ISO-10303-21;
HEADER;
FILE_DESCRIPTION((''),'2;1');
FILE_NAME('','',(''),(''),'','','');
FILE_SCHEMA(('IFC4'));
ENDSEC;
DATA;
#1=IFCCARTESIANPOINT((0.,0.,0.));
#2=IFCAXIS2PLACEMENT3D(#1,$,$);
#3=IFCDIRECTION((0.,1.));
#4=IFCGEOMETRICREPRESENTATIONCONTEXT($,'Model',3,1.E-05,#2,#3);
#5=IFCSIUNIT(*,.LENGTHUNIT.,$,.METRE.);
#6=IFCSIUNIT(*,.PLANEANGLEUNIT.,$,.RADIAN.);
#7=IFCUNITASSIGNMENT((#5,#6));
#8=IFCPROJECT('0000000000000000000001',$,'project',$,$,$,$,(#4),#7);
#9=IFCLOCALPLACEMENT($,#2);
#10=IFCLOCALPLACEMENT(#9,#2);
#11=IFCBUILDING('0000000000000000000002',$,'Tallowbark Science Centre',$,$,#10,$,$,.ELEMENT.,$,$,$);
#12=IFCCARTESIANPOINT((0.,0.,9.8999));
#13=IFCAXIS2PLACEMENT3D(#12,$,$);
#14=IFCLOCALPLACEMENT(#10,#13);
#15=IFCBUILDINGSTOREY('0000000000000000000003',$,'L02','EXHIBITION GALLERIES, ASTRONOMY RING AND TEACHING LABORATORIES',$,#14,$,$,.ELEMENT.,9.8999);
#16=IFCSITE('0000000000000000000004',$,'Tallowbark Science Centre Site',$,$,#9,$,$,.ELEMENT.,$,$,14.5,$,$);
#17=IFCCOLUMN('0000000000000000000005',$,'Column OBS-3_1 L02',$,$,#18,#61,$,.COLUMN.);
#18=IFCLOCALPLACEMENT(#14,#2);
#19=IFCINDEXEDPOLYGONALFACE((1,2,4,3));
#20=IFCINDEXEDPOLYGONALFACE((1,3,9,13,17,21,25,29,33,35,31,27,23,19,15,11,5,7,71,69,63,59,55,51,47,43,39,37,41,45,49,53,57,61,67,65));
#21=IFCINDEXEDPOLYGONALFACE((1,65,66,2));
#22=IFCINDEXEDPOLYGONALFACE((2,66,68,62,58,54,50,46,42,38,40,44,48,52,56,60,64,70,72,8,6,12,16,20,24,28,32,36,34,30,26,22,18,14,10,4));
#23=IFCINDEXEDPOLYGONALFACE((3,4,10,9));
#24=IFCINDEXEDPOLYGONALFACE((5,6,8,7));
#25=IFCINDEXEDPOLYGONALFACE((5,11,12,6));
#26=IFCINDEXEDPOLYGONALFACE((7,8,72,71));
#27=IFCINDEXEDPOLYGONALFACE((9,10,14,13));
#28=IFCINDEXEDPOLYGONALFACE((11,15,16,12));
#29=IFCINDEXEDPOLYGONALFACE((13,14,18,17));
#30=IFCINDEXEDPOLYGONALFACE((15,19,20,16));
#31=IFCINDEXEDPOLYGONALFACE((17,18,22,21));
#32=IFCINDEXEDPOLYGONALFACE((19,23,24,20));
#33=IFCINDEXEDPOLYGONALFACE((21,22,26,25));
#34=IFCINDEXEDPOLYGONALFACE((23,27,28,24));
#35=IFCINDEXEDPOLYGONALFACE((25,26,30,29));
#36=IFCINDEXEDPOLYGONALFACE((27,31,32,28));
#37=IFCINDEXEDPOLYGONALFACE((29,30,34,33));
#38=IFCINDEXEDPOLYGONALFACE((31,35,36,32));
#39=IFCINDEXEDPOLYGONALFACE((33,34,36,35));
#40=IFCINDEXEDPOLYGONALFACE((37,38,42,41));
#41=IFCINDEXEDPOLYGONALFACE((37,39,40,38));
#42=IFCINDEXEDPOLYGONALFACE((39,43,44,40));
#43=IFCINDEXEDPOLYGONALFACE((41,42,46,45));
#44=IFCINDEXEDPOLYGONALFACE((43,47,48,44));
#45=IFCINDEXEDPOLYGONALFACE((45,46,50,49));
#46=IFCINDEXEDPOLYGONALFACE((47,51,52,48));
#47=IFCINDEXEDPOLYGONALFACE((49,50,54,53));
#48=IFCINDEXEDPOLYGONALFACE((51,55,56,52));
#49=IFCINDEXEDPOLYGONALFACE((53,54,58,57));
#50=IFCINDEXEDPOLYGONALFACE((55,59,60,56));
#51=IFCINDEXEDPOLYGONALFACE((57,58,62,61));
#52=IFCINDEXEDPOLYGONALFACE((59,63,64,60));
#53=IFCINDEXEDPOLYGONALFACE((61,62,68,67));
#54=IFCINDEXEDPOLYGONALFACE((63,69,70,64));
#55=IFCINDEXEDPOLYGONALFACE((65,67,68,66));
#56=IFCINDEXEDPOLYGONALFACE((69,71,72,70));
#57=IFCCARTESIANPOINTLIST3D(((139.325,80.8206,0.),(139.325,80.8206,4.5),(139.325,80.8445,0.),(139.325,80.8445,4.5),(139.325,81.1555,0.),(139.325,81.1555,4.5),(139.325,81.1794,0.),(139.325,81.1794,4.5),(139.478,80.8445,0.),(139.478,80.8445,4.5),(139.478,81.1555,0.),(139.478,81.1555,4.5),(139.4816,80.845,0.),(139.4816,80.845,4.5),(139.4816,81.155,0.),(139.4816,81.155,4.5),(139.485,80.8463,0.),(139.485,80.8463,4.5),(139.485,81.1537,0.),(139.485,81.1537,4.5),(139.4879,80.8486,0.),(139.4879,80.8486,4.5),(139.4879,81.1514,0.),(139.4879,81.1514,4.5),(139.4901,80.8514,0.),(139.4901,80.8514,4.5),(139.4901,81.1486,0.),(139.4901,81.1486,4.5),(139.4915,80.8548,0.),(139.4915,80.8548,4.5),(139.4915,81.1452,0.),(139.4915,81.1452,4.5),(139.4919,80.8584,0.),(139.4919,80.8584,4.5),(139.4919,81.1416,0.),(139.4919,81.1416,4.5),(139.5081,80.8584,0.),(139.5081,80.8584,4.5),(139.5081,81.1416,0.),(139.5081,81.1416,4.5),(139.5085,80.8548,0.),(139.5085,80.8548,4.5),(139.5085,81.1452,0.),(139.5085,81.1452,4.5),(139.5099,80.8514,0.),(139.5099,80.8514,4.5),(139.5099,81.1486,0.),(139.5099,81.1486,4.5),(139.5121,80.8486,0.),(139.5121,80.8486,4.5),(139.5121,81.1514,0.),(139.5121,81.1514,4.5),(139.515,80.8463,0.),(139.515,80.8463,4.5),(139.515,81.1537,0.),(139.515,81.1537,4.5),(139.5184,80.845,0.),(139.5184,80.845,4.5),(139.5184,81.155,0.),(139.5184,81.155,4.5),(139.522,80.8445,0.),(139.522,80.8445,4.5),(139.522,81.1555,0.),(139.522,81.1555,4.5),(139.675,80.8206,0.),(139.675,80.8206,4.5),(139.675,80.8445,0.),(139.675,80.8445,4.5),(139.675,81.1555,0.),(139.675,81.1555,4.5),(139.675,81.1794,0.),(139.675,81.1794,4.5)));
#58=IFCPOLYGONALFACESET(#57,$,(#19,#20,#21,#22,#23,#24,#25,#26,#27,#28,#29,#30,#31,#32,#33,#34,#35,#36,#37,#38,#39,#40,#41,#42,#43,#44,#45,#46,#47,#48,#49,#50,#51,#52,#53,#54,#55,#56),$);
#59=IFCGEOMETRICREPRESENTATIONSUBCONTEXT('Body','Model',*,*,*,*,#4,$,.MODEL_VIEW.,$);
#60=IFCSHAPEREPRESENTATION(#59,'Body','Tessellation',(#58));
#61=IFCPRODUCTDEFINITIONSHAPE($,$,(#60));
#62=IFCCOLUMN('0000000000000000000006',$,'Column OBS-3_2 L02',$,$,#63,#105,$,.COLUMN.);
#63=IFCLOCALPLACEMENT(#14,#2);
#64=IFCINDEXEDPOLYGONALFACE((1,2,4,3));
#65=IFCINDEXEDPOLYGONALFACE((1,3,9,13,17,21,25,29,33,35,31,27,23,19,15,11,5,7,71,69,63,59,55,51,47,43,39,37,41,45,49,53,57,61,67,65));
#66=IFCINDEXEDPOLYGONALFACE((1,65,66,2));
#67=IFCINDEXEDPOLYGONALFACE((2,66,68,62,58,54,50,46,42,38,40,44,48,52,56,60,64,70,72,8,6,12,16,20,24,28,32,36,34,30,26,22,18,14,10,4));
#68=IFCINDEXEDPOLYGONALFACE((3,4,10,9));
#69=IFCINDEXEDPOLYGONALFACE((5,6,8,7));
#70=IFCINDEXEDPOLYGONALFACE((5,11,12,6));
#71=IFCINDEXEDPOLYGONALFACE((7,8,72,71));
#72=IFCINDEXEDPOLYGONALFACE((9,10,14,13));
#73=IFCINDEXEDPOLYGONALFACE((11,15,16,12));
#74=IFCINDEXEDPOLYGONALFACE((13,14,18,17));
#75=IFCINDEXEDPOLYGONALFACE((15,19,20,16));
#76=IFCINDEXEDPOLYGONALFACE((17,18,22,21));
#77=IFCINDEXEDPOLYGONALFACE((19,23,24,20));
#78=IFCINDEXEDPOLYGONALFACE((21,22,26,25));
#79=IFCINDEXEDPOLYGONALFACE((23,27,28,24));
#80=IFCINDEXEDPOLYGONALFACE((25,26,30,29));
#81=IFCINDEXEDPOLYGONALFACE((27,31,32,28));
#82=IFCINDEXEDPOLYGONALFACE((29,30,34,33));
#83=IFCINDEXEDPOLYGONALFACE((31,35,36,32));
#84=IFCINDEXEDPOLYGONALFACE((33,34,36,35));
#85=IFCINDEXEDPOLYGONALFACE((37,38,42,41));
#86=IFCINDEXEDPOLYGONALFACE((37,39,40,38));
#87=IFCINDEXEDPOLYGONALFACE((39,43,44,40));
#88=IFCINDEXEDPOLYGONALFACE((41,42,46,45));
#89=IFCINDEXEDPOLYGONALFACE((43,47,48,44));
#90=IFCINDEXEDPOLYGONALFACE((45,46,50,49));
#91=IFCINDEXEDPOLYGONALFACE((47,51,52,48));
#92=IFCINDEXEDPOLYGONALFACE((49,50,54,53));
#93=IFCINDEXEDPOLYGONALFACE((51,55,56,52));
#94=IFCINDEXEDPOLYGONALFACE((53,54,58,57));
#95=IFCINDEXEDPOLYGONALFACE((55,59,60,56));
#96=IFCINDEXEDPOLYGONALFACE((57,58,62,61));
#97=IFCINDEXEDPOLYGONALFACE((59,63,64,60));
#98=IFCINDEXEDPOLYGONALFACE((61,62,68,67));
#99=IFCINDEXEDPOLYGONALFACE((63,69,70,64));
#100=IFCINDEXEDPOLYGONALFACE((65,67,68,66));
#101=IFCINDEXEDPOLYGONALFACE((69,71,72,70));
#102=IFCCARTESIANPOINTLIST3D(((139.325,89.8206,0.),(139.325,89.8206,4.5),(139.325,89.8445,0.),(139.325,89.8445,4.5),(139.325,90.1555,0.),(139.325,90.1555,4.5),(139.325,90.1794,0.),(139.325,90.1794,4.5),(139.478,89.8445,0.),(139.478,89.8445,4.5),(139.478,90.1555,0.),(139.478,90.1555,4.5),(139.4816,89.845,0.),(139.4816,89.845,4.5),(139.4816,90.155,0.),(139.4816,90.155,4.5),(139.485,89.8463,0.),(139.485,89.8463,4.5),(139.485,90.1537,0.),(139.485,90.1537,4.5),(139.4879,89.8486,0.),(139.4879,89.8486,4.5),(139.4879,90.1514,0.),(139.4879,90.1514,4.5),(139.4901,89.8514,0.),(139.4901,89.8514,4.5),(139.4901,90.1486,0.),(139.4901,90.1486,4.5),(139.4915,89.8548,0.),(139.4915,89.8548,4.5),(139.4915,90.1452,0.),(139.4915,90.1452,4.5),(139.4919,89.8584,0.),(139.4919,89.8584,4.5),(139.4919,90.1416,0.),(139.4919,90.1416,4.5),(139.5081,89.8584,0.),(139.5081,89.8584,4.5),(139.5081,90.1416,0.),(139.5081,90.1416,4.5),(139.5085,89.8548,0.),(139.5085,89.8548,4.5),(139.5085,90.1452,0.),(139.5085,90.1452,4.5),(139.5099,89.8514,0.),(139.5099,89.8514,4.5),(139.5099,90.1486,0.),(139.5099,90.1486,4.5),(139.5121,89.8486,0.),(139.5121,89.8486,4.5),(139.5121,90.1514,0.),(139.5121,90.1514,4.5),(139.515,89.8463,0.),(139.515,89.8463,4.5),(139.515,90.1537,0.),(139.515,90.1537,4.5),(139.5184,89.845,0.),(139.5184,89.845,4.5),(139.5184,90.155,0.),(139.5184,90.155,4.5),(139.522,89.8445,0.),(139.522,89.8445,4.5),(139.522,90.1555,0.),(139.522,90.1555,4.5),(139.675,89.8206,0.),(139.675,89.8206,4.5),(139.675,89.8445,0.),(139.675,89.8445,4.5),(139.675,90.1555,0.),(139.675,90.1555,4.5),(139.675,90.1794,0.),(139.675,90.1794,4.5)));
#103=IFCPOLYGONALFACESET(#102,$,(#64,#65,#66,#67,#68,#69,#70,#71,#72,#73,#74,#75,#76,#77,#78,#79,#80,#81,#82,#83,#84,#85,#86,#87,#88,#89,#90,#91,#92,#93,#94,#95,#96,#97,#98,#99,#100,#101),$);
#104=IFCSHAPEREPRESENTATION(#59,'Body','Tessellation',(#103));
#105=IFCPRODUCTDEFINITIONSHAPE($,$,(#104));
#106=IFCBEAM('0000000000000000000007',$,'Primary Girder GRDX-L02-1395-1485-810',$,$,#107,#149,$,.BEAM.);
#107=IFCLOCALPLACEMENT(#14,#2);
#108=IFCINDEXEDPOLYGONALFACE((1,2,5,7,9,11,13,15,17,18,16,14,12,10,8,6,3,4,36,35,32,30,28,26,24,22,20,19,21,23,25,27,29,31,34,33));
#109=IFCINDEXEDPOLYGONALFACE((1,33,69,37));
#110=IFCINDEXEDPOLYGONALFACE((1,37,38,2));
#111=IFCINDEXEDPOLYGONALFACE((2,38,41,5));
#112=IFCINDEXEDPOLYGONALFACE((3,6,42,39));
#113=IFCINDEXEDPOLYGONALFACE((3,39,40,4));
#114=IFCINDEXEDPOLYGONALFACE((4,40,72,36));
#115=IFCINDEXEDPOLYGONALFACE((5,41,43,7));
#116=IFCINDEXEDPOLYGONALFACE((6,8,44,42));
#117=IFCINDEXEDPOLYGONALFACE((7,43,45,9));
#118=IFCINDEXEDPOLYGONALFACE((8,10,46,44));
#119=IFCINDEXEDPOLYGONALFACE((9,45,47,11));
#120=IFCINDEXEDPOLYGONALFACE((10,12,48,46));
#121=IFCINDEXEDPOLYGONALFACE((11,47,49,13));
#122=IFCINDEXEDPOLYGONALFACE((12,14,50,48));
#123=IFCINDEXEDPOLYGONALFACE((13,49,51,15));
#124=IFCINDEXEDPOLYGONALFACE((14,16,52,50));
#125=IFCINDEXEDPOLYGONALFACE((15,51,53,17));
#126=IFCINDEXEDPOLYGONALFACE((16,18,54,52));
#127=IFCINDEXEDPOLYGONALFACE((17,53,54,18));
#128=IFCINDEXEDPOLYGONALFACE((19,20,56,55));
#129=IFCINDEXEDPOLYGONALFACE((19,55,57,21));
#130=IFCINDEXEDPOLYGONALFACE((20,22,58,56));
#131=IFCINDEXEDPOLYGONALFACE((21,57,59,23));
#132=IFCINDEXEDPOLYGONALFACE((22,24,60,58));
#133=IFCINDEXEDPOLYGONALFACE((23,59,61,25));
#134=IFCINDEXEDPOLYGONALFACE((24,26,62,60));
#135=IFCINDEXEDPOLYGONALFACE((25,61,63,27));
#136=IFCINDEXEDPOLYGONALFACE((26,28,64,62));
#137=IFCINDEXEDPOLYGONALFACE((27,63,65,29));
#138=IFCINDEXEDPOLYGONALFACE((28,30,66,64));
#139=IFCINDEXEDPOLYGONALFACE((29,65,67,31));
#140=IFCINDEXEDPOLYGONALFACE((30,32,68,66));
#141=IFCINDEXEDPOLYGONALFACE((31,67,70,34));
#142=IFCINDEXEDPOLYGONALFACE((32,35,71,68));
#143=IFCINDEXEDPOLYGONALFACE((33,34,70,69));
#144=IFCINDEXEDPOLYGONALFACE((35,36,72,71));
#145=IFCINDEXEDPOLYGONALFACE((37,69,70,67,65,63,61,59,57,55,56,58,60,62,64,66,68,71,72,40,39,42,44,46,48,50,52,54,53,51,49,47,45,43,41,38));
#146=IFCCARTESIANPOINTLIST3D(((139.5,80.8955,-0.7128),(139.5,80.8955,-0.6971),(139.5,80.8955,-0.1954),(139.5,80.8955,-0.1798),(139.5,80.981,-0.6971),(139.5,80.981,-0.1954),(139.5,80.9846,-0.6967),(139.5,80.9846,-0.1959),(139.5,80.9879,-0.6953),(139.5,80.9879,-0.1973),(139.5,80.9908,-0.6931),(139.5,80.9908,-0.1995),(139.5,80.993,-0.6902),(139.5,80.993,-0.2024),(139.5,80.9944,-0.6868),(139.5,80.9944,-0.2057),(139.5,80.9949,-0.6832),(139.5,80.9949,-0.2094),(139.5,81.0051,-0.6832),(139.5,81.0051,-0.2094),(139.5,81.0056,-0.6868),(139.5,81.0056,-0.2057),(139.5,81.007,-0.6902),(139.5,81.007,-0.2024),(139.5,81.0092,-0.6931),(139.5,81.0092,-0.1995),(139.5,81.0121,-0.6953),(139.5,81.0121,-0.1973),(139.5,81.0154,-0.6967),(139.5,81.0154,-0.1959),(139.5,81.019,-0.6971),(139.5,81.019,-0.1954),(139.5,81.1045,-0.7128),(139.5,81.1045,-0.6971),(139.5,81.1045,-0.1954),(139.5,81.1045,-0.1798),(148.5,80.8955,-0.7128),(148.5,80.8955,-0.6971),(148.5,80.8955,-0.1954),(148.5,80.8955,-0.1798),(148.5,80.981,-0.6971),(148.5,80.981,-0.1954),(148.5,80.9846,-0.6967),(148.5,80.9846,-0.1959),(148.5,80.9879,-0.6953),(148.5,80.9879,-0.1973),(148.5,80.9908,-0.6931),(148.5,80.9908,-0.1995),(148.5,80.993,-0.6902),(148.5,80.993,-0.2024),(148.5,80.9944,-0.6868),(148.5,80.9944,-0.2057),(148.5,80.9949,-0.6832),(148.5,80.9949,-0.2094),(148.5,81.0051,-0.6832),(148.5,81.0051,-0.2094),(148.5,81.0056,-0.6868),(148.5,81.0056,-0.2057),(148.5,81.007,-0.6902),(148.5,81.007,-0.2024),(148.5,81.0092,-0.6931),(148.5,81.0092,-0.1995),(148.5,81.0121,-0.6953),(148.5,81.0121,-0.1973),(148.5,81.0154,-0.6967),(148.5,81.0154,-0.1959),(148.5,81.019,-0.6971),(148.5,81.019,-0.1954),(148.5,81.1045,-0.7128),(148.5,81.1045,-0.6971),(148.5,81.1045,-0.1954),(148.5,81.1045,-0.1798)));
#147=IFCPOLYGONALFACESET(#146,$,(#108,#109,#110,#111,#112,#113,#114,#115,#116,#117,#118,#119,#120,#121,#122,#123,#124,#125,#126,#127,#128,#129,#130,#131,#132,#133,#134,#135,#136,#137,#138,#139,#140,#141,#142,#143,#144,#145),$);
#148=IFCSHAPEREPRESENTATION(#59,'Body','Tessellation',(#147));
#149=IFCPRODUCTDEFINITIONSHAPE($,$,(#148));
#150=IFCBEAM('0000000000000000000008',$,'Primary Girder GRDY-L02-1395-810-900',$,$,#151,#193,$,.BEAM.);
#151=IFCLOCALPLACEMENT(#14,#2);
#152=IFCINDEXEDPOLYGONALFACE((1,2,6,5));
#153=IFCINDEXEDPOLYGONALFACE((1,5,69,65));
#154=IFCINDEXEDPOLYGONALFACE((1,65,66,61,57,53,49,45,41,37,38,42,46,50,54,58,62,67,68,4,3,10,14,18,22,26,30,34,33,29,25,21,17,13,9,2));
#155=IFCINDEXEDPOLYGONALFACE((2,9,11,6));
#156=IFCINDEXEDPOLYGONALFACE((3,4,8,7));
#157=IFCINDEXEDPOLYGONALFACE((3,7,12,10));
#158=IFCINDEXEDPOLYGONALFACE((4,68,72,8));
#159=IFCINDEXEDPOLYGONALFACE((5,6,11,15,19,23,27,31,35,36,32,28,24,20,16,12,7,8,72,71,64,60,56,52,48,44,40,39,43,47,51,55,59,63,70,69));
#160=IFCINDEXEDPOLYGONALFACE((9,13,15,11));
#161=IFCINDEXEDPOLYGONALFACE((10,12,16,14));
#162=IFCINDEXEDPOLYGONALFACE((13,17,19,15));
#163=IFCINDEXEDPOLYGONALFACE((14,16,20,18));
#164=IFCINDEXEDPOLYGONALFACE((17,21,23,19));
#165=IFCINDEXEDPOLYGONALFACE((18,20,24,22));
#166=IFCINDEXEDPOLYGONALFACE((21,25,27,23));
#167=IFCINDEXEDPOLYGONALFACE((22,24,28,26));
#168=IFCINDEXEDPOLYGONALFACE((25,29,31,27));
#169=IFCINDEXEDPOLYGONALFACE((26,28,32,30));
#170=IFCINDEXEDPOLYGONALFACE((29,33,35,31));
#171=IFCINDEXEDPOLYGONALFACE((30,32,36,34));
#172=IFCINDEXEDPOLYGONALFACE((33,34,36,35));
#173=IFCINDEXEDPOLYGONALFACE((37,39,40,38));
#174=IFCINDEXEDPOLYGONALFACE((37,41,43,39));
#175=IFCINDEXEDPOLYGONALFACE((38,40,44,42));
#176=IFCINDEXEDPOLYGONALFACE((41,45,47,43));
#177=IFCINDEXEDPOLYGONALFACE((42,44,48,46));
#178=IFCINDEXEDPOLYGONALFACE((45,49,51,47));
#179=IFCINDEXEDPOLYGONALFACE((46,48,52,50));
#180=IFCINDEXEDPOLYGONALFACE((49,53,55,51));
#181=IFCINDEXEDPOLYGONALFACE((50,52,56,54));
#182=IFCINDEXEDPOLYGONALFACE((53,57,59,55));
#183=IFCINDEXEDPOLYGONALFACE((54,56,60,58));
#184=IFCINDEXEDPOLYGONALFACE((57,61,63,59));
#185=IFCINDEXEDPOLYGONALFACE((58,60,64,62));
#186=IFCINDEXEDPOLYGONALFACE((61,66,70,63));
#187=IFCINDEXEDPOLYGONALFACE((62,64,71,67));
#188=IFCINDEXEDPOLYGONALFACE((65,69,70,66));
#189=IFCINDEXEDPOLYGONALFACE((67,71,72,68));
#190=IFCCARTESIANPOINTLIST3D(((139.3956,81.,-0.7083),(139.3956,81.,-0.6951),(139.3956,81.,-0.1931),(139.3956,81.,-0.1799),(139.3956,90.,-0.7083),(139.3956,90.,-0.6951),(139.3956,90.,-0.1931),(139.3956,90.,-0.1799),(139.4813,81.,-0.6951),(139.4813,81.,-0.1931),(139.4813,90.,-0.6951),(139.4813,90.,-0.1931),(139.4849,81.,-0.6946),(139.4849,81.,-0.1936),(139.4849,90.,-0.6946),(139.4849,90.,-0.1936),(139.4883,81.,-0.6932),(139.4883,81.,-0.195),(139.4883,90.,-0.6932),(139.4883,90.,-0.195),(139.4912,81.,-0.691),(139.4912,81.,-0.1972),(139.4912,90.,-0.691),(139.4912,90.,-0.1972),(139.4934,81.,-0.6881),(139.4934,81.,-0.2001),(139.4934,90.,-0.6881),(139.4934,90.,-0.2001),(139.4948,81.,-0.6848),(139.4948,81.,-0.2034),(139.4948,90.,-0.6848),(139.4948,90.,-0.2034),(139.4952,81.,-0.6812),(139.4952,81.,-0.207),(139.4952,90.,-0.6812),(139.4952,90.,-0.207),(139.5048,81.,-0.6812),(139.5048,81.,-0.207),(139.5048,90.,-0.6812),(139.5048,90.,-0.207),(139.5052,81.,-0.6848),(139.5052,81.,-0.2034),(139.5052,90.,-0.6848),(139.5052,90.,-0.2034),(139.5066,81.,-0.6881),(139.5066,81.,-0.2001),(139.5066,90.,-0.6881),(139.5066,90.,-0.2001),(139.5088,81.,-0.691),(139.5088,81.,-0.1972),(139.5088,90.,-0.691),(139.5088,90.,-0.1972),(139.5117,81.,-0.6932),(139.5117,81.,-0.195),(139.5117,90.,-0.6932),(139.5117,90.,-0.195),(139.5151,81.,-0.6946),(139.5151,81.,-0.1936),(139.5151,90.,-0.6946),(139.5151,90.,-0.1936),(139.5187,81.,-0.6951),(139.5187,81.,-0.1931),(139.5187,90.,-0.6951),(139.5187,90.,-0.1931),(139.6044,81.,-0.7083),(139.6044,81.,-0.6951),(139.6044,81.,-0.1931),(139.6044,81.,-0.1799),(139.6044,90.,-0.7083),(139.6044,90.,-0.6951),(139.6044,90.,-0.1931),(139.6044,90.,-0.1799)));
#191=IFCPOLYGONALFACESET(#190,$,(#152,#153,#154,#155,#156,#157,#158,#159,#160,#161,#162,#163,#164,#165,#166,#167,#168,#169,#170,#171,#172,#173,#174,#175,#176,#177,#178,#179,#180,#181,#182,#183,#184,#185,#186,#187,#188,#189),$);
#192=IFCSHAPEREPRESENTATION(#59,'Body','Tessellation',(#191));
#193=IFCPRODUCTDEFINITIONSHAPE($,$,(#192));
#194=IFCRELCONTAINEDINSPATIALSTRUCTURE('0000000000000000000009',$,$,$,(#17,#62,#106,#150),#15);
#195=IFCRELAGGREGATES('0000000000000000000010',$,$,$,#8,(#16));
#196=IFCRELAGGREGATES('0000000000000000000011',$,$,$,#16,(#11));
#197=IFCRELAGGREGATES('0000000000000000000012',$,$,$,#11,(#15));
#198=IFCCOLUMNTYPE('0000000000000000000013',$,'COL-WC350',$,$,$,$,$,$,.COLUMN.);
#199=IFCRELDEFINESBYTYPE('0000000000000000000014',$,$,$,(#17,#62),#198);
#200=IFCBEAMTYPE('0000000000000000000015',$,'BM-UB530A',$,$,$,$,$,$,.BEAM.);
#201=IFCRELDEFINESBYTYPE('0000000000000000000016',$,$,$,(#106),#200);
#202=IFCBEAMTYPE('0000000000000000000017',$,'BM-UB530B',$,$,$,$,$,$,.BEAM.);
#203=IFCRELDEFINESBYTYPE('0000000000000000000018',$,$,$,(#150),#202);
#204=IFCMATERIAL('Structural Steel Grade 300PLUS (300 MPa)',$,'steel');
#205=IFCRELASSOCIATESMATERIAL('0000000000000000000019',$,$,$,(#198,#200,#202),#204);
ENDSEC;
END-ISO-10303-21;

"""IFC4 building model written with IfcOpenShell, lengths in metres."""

from ifc_helpers import new_model, si_unit, direction, frame, origin, origin_2d, place, context, subcontext, project, spatial, i_section, extrude, material, material_profile, profile_set, type_object, element, save


model = new_model("IFC4")

# Units and contexts
model_context = context("Model", 3, precision=1e-05, world=origin(), true_north=direction((0.0, 1.0)))
body_context = subcontext(model_context, "Body", "Model", "MODEL_VIEW")
ifc_project = project(units=[si_unit("LENGTHUNIT", "METRE"), si_unit("PLANEANGLEUNIT", "RADIAN")], contexts=[model_context])

# Site, building, storey
site_placement = place(None, origin())
site = spatial("IfcSite", under=ifc_project, at=site_placement, Name="Tallowbark Science Centre Site", CompositionType="ELEMENT", RefElevation=14.5)
building_placement = place(site_placement, origin())
building = spatial("IfcBuilding", under=site, at=building_placement, Name="Tallowbark Science Centre", CompositionType="ELEMENT")
storey_placement = place(building_placement, frame((0.0, 0.0, 9.8999)))
storey = spatial("IfcBuildingStorey", under=building, at=storey_placement, Name="L02", Description="EXHIBITION GALLERIES, ASTRONOMY RING AND TEACHING LABORATORIES", CompositionType="ELEMENT", Elevation=9.8999)

# Columns
ifc_material_1 = material(Name="Structural Steel Grade 300PLUS (300 MPa)", Category="steel")
ifc_material_profile_1 = material_profile(ifc_material_1, i_section(OverallWidth=0.3501, OverallDepth=0.3589, WebThickness=0.0161, FlangeThickness=0.0239, FilletRadius=0.0139, at=origin_2d()), Name="350WC197")
ifc_profile_set_1 = profile_set([ifc_material_profile_1], Name="Structural Steel Grade 300PLUS (300 MPa)")
column_type = type_object("IfcColumnType", Name="COL-WC350", PredefinedType="COLUMN", material=ifc_profile_set_1)
for number, where, z_axis, x_axis, name in (
    (1, (139.5, 81.0, 0.0), (0.0, 0.0, 1.0), (1.0, 0.0, 0.0), "Column OBS-3_1 L02"),
    (2, (139.5, 90.0, 0.0), (0.0, 0.0, 1.0), (1.0, 0.0, 0.0), "Column OBS-3_2 L02"),
):
    element("IfcColumn", number, at=place(storey_placement, frame(where, z_axis=z_axis, x_axis=x_axis)), inside=storey, type_object=column_type, Name=name, PredefinedType="COLUMN", context=body_context, shape_type="SweptSolid", body=[
        extrude(i_section(OverallWidth=0.3501, OverallDepth=0.3589, WebThickness=0.0161, FlangeThickness=0.0239, FilletRadius=0.0139, at=origin_2d()), origin(), (0.0, 0.0, 1.0), 4.5),
    ])

# Beams
ifc_material_profile_2 = material_profile(ifc_material_1, i_section(OverallWidth=0.209, OverallDepth=0.533, WebThickness=0.0103, FlangeThickness=0.0156, FilletRadius=0.0139, at=origin_2d()), Name="530UB92.4")
ifc_profile_set_2 = profile_set([ifc_material_profile_2], Name="Structural Steel Grade 300PLUS (300 MPa)")
beam_type_1 = type_object("IfcBeamType", Name="BM-UB530A", PredefinedType="BEAM", material=ifc_profile_set_2)
beam_1_placement = place(storey_placement, frame((139.5, 81.0, -0.4463), z_axis=(1.0, 0.0, 0.0), x_axis=(0.0, 1.0, 0.0)))
element("IfcBeam", 3, at=beam_1_placement, inside=storey, type_object=beam_type_1, Name="Primary Girder GRDX-L02-1395-1485-810", PredefinedType="BEAM", context=body_context, shape_type="SweptSolid", body=[
    extrude(i_section(OverallWidth=0.209, OverallDepth=0.533, WebThickness=0.0103, FlangeThickness=0.0156, FilletRadius=0.0139, at=origin_2d()), origin(), (0.0, 0.0, 1.0), 9.0),
])
ifc_material_profile_3 = material_profile(ifc_material_1, i_section(OverallWidth=0.2087, OverallDepth=0.5283, WebThickness=0.0095, FlangeThickness=0.0132, FilletRadius=0.0139, at=origin_2d()), Name="530UB82.0")
ifc_profile_set_3 = profile_set([ifc_material_profile_3], Name="Structural Steel Grade 300PLUS (300 MPa)")
beam_type_2 = type_object("IfcBeamType", Name="BM-UB530B", PredefinedType="BEAM", material=ifc_profile_set_3)
beam_2_placement = place(storey_placement, frame((139.5, 81.0, -0.4441), z_axis=(0.0, 1.0, 0.0), x_axis=(-1.0, 0.0, 0.0)))
element("IfcBeam", 4, at=beam_2_placement, inside=storey, type_object=beam_type_2, Name="Primary Girder GRDY-L02-1395-810-900", PredefinedType="BEAM", context=body_context, shape_type="SweptSolid", body=[
    extrude(i_section(OverallWidth=0.2087, OverallDepth=0.5283, WebThickness=0.0095, FlangeThickness=0.0132, FilletRadius=0.0139, at=origin_2d()), origin(), (0.0, 0.0, 1.0), 9.0),
])

save(model, "model.ifc")
